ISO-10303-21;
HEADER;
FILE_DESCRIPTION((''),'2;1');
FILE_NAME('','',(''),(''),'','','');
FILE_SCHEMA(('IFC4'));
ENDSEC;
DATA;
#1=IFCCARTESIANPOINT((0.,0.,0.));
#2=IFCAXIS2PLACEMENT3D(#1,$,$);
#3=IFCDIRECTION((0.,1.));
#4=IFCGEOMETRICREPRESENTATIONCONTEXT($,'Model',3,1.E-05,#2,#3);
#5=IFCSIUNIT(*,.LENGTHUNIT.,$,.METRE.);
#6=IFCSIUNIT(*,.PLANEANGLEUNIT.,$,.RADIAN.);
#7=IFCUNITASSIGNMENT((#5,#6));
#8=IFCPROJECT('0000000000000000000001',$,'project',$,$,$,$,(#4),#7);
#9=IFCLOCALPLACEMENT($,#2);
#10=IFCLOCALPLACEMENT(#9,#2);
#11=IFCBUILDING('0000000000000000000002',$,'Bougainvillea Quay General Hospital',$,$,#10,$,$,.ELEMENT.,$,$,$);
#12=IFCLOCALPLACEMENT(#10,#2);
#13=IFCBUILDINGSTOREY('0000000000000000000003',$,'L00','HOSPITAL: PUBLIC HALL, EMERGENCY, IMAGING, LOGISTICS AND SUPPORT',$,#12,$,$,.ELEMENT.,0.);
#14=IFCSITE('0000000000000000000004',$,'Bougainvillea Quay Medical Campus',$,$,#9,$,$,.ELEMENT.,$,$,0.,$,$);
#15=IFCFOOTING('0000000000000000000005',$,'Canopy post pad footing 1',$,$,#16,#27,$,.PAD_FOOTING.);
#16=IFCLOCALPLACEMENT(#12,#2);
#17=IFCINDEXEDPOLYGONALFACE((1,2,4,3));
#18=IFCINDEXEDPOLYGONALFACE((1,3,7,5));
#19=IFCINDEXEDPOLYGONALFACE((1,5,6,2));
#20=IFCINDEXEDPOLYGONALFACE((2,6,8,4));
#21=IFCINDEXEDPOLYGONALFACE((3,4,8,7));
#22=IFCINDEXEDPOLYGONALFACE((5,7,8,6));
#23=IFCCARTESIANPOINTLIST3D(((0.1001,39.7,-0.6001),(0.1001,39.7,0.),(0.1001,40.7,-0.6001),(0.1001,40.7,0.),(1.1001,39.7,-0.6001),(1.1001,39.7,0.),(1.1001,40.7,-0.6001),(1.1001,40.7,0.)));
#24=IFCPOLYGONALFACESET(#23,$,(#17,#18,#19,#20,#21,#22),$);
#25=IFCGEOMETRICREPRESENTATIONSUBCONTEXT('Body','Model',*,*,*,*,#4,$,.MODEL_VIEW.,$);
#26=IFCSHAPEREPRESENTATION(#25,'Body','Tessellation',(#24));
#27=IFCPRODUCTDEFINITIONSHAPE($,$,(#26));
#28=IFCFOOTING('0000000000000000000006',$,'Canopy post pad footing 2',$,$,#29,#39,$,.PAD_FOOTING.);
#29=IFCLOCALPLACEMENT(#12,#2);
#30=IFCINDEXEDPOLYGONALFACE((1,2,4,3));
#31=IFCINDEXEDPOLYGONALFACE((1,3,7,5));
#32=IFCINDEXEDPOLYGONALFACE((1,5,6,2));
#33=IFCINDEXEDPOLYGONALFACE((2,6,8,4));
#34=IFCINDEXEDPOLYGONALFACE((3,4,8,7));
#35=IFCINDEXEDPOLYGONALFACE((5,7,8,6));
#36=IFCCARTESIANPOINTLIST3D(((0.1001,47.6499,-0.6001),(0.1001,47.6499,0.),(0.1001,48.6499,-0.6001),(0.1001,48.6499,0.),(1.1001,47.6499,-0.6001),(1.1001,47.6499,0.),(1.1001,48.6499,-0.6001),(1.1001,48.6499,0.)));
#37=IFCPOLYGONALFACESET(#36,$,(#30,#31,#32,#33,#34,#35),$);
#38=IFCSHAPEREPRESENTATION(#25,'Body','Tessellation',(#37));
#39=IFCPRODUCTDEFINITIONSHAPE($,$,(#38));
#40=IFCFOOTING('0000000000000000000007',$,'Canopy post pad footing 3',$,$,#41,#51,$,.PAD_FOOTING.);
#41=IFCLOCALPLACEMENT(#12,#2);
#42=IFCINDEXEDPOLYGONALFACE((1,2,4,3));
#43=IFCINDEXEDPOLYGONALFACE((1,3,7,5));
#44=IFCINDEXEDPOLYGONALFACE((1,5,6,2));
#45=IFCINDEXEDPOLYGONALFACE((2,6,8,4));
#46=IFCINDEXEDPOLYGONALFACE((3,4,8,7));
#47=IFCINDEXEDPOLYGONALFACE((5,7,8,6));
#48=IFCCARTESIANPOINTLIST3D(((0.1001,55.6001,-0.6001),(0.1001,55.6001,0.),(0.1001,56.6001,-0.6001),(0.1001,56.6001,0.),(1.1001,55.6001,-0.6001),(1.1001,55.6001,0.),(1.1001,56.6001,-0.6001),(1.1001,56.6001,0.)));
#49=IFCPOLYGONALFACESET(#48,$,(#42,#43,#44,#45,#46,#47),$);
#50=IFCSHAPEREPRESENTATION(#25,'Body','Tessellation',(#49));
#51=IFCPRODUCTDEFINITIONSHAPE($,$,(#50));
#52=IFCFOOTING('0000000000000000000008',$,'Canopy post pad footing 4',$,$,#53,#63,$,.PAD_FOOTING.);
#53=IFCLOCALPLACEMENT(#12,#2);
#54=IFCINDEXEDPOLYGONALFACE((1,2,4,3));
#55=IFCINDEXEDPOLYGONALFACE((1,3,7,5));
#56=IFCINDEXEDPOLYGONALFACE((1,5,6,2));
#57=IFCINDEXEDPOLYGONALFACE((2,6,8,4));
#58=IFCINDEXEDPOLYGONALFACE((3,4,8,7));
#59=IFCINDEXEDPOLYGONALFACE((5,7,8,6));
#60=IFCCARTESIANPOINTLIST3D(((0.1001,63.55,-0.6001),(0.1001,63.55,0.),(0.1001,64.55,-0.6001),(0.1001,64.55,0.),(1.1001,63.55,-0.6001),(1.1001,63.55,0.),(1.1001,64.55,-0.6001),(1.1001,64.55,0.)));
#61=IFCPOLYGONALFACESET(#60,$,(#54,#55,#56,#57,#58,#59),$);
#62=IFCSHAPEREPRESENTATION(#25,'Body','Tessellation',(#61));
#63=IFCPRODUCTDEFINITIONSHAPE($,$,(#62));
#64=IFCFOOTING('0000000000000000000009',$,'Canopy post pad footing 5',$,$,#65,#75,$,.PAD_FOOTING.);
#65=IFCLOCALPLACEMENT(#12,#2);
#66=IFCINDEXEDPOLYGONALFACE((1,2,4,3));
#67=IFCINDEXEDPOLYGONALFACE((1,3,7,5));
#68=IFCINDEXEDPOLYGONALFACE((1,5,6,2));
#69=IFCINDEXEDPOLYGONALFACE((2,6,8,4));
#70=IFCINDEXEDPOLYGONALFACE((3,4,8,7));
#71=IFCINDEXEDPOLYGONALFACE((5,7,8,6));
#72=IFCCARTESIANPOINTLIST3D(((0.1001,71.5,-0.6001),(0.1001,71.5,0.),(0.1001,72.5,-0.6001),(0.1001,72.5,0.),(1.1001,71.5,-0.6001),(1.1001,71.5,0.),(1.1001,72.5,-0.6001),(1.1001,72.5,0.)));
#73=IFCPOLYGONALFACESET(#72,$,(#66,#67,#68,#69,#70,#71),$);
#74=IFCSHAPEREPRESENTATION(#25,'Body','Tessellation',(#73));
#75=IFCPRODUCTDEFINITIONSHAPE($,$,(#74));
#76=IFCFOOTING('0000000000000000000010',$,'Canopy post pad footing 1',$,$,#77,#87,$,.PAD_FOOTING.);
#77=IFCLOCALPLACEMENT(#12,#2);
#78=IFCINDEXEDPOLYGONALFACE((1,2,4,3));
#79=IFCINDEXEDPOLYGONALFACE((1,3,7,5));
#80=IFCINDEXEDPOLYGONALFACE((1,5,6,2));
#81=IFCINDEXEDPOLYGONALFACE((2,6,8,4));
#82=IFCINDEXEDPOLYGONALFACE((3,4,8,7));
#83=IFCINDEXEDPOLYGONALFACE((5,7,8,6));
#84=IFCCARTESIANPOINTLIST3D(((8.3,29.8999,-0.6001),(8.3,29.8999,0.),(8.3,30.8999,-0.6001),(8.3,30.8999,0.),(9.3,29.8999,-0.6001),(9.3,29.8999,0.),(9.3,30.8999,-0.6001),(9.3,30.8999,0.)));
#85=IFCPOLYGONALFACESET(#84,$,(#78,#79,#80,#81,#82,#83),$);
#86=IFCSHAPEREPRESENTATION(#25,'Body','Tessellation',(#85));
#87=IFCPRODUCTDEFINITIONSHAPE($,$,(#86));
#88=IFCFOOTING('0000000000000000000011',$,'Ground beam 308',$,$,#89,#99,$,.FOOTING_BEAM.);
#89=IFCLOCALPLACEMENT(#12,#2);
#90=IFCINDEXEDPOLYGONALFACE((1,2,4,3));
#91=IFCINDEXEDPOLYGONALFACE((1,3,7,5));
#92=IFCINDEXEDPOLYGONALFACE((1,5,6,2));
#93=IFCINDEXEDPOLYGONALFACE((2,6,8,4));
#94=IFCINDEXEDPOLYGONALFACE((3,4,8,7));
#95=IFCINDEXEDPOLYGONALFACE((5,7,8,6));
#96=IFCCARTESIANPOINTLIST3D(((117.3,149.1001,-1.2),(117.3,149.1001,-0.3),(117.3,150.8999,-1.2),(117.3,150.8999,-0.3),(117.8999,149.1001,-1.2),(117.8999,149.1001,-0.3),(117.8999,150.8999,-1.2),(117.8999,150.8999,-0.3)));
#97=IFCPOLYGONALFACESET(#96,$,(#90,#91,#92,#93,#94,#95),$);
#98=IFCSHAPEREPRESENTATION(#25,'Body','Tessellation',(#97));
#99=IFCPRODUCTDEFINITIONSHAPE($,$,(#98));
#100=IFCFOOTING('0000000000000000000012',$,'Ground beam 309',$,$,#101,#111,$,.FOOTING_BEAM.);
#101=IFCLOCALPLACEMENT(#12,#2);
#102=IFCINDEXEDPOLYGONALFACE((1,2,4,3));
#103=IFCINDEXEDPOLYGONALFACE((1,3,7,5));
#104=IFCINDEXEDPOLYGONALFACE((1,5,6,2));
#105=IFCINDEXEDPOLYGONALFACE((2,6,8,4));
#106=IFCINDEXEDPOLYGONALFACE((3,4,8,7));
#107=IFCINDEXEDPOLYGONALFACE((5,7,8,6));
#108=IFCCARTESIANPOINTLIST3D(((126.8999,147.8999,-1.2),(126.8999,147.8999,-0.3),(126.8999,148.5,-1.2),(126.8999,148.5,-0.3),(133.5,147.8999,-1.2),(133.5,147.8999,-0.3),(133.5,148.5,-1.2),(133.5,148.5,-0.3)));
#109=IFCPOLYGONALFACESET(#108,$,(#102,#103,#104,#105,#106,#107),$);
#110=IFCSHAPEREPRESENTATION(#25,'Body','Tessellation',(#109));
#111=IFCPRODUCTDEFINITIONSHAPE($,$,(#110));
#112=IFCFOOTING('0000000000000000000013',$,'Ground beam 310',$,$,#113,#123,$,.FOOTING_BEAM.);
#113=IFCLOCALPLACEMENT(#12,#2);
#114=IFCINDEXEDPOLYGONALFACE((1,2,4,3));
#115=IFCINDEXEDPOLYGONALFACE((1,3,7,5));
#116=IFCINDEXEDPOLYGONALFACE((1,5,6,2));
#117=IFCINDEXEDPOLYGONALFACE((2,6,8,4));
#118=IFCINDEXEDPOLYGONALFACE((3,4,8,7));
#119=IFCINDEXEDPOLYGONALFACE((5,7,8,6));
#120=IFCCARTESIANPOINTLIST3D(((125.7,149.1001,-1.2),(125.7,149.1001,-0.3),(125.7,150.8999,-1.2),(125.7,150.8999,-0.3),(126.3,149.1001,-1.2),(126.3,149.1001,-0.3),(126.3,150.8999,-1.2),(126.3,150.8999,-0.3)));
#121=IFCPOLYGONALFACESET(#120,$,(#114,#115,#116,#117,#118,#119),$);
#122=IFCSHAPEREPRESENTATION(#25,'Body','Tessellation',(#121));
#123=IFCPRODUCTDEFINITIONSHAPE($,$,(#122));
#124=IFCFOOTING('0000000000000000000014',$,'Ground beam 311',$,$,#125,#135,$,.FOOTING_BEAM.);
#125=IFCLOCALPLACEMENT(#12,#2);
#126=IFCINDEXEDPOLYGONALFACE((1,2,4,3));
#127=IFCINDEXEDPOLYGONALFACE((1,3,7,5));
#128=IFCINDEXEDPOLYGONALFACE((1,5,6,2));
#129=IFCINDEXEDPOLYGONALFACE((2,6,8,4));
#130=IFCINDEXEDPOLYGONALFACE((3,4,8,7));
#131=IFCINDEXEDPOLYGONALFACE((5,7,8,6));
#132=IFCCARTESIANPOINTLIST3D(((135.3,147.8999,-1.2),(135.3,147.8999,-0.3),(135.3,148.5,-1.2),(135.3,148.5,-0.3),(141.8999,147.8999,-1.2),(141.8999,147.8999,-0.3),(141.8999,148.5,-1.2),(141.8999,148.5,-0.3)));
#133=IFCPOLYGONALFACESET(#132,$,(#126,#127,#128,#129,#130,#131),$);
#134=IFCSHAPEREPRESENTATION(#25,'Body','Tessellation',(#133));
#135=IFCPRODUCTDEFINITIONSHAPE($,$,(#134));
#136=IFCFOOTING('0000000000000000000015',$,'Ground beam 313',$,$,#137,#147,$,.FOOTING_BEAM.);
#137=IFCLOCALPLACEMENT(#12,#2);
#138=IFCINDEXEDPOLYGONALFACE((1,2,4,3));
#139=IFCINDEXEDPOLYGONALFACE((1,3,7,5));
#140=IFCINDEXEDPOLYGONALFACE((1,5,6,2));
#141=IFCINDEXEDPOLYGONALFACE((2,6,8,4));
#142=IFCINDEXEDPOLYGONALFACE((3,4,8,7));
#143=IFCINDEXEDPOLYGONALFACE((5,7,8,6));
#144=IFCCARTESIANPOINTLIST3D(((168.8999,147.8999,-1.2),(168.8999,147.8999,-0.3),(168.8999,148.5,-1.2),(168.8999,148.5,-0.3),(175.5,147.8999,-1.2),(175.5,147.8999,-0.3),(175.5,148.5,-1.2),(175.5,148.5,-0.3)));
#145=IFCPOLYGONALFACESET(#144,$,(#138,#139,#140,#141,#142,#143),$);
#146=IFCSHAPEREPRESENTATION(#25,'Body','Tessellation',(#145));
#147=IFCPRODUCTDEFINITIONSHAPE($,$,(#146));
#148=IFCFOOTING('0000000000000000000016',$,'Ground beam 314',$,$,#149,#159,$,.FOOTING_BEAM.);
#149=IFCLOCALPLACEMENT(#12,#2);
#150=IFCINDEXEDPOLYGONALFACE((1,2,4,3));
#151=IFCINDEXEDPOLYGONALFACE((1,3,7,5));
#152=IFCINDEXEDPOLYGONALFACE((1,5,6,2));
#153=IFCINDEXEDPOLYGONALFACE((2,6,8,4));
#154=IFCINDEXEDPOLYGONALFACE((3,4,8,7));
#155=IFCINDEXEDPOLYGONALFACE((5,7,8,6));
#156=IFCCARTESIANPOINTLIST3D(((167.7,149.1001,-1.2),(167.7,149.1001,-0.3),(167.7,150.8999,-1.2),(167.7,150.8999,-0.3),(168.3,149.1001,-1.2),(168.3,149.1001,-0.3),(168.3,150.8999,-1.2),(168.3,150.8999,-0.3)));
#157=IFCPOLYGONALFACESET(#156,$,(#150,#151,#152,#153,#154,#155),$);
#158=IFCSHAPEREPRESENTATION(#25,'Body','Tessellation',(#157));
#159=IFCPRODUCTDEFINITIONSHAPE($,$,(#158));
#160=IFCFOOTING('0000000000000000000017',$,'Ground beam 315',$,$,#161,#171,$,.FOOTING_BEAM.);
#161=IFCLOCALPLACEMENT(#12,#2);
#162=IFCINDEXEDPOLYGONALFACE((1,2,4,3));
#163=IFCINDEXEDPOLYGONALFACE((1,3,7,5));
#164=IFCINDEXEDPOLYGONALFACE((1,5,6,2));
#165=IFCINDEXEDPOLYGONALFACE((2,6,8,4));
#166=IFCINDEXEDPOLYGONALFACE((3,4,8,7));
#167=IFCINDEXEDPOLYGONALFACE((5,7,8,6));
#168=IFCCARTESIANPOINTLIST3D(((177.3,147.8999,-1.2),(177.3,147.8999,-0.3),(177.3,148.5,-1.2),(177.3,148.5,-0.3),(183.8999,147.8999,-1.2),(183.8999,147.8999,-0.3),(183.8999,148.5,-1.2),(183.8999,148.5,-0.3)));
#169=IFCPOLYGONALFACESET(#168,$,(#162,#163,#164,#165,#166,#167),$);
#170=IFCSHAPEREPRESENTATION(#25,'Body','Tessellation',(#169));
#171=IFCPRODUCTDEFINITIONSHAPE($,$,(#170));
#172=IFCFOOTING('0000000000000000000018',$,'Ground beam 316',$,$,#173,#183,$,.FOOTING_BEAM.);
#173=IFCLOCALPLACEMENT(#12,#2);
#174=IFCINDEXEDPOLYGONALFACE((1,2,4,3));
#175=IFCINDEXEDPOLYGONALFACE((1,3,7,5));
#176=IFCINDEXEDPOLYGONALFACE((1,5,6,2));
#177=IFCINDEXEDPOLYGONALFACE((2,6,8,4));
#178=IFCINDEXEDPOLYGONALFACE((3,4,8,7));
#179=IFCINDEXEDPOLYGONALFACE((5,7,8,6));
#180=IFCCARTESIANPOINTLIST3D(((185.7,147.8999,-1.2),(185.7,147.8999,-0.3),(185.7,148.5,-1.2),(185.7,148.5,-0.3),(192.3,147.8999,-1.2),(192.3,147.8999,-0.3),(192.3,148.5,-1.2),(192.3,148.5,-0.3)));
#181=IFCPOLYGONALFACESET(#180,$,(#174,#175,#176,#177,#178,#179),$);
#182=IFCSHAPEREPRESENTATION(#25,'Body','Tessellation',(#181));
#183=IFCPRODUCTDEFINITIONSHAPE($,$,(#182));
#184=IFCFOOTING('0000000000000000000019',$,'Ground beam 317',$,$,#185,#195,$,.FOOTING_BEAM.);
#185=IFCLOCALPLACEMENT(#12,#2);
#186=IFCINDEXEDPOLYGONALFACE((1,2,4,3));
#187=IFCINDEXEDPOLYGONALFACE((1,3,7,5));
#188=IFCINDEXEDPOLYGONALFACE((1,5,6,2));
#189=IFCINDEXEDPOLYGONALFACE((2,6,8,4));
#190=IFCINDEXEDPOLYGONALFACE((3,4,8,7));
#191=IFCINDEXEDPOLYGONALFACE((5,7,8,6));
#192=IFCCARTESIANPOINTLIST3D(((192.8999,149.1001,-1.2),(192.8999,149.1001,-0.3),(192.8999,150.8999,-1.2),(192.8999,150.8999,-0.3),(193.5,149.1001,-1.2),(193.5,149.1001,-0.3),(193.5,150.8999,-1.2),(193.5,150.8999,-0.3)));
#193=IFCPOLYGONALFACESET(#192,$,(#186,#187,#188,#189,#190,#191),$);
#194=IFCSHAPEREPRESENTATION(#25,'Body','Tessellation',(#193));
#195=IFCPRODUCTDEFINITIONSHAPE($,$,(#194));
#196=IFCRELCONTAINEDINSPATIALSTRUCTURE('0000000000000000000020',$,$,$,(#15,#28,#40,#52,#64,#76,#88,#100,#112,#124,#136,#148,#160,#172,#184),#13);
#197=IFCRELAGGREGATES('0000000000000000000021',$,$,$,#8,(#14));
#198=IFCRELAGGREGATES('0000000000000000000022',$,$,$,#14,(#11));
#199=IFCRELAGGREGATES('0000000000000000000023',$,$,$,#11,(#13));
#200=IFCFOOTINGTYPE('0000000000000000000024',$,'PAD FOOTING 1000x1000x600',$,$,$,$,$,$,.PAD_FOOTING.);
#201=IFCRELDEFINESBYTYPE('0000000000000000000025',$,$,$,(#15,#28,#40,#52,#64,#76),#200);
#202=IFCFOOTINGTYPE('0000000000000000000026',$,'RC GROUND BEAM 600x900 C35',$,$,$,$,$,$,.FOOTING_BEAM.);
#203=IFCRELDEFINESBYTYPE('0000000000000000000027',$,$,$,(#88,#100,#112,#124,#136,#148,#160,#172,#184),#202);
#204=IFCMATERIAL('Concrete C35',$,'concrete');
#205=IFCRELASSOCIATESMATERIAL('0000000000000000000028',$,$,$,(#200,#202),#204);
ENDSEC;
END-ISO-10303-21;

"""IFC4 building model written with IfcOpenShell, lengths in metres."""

from ifc_helpers import new_model, si_unit, direction, frame, origin, origin_2d, place, context, subcontext, project, spatial, polyline, rectangle, outline, extrude, material, material_profile, profile_set, type_object, element, save


model = new_model("IFC4")

# Units and contexts
model_context = context("Model", 3, precision=1e-05, world=origin(), true_north=direction((0.0, 1.0)))
body_context = subcontext(model_context, "Body", "Model", "MODEL_VIEW")
ifc_project = project(units=[si_unit("LENGTHUNIT", "METRE"), si_unit("PLANEANGLEUNIT", "RADIAN")], contexts=[model_context])

# Site, building, storey
site_placement = place(None, origin())
site = spatial("IfcSite", under=ifc_project, at=site_placement, Name="Bougainvillea Quay Medical Campus", CompositionType="ELEMENT", RefElevation=0.0)
building_placement = place(site_placement, origin())
building = spatial("IfcBuilding", under=site, at=building_placement, Name="Bougainvillea Quay General Hospital", CompositionType="ELEMENT")
storey_placement = place(building_placement, origin())
storey = spatial("IfcBuildingStorey", under=building, at=storey_placement, Name="L00", Description="HOSPITAL: PUBLIC HALL, EMERGENCY, IMAGING, LOGISTICS AND SUPPORT", CompositionType="ELEMENT", Elevation=0.0)

# Footings
ifc_material = material(Name="Concrete C35", Category="concrete")
footing_type_1 = type_object("IfcFootingType", Name="PAD FOOTING 1000x1000x600", PredefinedType="PAD_FOOTING", material=ifc_material)
footing_1_placement = place(storey_placement, frame((0.0, 0.0, -0.6001)))
element("IfcFooting", 1, at=footing_1_placement, inside=storey, type_object=footing_type_1, Name="Canopy post pad footing 1", PredefinedType="PAD_FOOTING", context=body_context, shape_type="SweptSolid", body=[
    extrude(outline(polyline([(0.1001, 39.7), (1.1001, 39.7), (1.1001, 40.7), (0.1001, 40.7), (0.1001, 39.7)])), origin(), (0.0, 0.0, 1.0), 0.6001),
])
footing_2_placement = place(storey_placement, frame((0.0, 0.0, -0.6001)))
element("IfcFooting", 2, at=footing_2_placement, inside=storey, type_object=footing_type_1, Name="Canopy post pad footing 2", PredefinedType="PAD_FOOTING", context=body_context, shape_type="SweptSolid", body=[
    extrude(outline(polyline([(0.1001, 47.6499), (1.1001, 47.6499), (1.1001, 48.6499), (0.1001, 48.6499), (0.1001, 47.6499)])), origin(), (0.0, 0.0, 1.0), 0.6001),
])
footing_3_placement = place(storey_placement, frame((0.0, 0.0, -0.6001)))
element("IfcFooting", 3, at=footing_3_placement, inside=storey, type_object=footing_type_1, Name="Canopy post pad footing 3", PredefinedType="PAD_FOOTING", context=body_context, shape_type="SweptSolid", body=[
    extrude(outline(polyline([(0.1001, 55.6001), (1.1001, 55.6001), (1.1001, 56.6001), (0.1001, 56.6001), (0.1001, 55.6001)])), origin(), (0.0, 0.0, 1.0), 0.6001),
])
footing_4_placement = place(storey_placement, frame((0.0, 0.0, -0.6001)))
element("IfcFooting", 4, at=footing_4_placement, inside=storey, type_object=footing_type_1, Name="Canopy post pad footing 4", PredefinedType="PAD_FOOTING", context=body_context, shape_type="SweptSolid", body=[
    extrude(outline(polyline([(0.1001, 63.55), (1.1001, 63.55), (1.1001, 64.55), (0.1001, 64.55), (0.1001, 63.55)])), origin(), (0.0, 0.0, 1.0), 0.6001),
])
footing_5_placement = place(storey_placement, frame((0.0, 0.0, -0.6001)))
element("IfcFooting", 5, at=footing_5_placement, inside=storey, type_object=footing_type_1, Name="Canopy post pad footing 5", PredefinedType="PAD_FOOTING", context=body_context, shape_type="SweptSolid", body=[
    extrude(outline(polyline([(0.1001, 71.5), (1.1001, 71.5), (1.1001, 72.5), (0.1001, 72.5), (0.1001, 71.5)])), origin(), (0.0, 0.0, 1.0), 0.6001),
])
footing_6_placement = place(storey_placement, frame((0.0, 0.0, -0.6001)))
element("IfcFooting", 6, at=footing_6_placement, inside=storey, type_object=footing_type_1, Name="Canopy post pad footing 1", PredefinedType="PAD_FOOTING", context=body_context, shape_type="SweptSolid", body=[
    extrude(outline(polyline([(8.3, 29.8999), (9.3, 29.8999), (9.3, 30.8999), (8.3, 30.8999), (8.3, 29.8999)])), origin(), (0.0, 0.0, 1.0), 0.6001),
])
ifc_material_profile = material_profile(ifc_material, rectangle(XDim=0.6001, YDim=0.8999, at=origin_2d()))
ifc_profile_set = profile_set([ifc_material_profile], Name="Concrete C35")
footing_type_2 = type_object("IfcFootingType", Name="RC GROUND BEAM 600x900 C35", PredefinedType="FOOTING_BEAM", material=ifc_profile_set)
footing_7_placement = place(storey_placement, frame((0.0, 0.0, -1.2)))
element("IfcFooting", 7, at=footing_7_placement, inside=storey, type_object=footing_type_2, Name="Ground beam 308", PredefinedType="FOOTING_BEAM", context=body_context, shape_type="SweptSolid", body=[
    extrude(outline(polyline([(117.3, 149.1001), (117.3, 150.8999), (117.8999, 150.8999), (117.8999, 149.1001), (117.3, 149.1001)])), origin(), (0.0, 0.0, 1.0), 0.8999),
])
footing_8_placement = place(storey_placement, frame((0.0, 0.0, -1.2)))
element("IfcFooting", 8, at=footing_8_placement, inside=storey, type_object=footing_type_2, Name="Ground beam 309", PredefinedType="FOOTING_BEAM", context=body_context, shape_type="SweptSolid", body=[
    extrude(outline(polyline([(126.8999, 148.5), (133.5, 148.5), (133.5, 147.8999), (126.8999, 147.8999), (126.8999, 148.5)])), origin(), (0.0, 0.0, 1.0), 0.8999),
])
footing_9_placement = place(storey_placement, frame((0.0, 0.0, -1.2)))
element("IfcFooting", 9, at=footing_9_placement, inside=storey, type_object=footing_type_2, Name="Ground beam 310", PredefinedType="FOOTING_BEAM", context=body_context, shape_type="SweptSolid", body=[
    extrude(outline(polyline([(125.7, 149.1001), (125.7, 150.8999), (126.3, 150.8999), (126.3, 149.1001), (125.7, 149.1001)])), origin(), (0.0, 0.0, 1.0), 0.8999),
])
footing_10_placement = place(storey_placement, frame((0.0, 0.0, -1.2)))
element("IfcFooting", 10, at=footing_10_placement, inside=storey, type_object=footing_type_2, Name="Ground beam 311", PredefinedType="FOOTING_BEAM", context=body_context, shape_type="SweptSolid", body=[
    extrude(outline(polyline([(135.3, 148.5), (141.8999, 148.5), (141.8999, 147.8999), (135.3, 147.8999), (135.3, 148.5)])), origin(), (0.0, 0.0, 1.0), 0.8999),
])
footing_11_placement = place(storey_placement, frame((0.0, 0.0, -1.2)))
element("IfcFooting", 11, at=footing_11_placement, inside=storey, type_object=footing_type_2, Name="Ground beam 313", PredefinedType="FOOTING_BEAM", context=body_context, shape_type="SweptSolid", body=[
    extrude(outline(polyline([(168.8999, 148.5), (175.5, 148.5), (175.5, 147.8999), (168.8999, 147.8999), (168.8999, 148.5)])), origin(), (0.0, 0.0, 1.0), 0.8999),
])
footing_12_placement = place(storey_placement, frame((0.0, 0.0, -1.2)))
element("IfcFooting", 12, at=footing_12_placement, inside=storey, type_object=footing_type_2, Name="Ground beam 314", PredefinedType="FOOTING_BEAM", context=body_context, shape_type="SweptSolid", body=[
    extrude(outline(polyline([(167.7, 149.1001), (167.7, 150.8999), (168.3, 150.8999), (168.3, 149.1001), (167.7, 149.1001)])), origin(), (0.0, 0.0, 1.0), 0.8999),
])
footing_13_placement = place(storey_placement, frame((0.0, 0.0, -1.2)))
element("IfcFooting", 13, at=footing_13_placement, inside=storey, type_object=footing_type_2, Name="Ground beam 315", PredefinedType="FOOTING_BEAM", context=body_context, shape_type="SweptSolid", body=[
    extrude(outline(polyline([(177.3, 148.5), (183.8999, 148.5), (183.8999, 147.8999), (177.3, 147.8999), (177.3, 148.5)])), origin(), (0.0, 0.0, 1.0), 0.8999),
])
footing_14_placement = place(storey_placement, frame((0.0, 0.0, -1.2)))
element("IfcFooting", 14, at=footing_14_placement, inside=storey, type_object=footing_type_2, Name="Ground beam 316", PredefinedType="FOOTING_BEAM", context=body_context, shape_type="SweptSolid", body=[
    extrude(outline(polyline([(185.7, 148.5), (192.3, 148.5), (192.3, 147.8999), (185.7, 147.8999), (185.7, 148.5)])), origin(), (0.0, 0.0, 1.0), 0.8999),
])
footing_15_placement = place(storey_placement, frame((0.0, 0.0, -1.2)))
element("IfcFooting", 15, at=footing_15_placement, inside=storey, type_object=footing_type_2, Name="Ground beam 317", PredefinedType="FOOTING_BEAM", context=body_context, shape_type="SweptSolid", body=[
    extrude(outline(polyline([(192.8999, 149.1001), (192.8999, 150.8999), (193.5, 150.8999), (193.5, 149.1001), (192.8999, 149.1001)])), origin(), (0.0, 0.0, 1.0), 0.8999),
])

save(model, "model.ifc")
